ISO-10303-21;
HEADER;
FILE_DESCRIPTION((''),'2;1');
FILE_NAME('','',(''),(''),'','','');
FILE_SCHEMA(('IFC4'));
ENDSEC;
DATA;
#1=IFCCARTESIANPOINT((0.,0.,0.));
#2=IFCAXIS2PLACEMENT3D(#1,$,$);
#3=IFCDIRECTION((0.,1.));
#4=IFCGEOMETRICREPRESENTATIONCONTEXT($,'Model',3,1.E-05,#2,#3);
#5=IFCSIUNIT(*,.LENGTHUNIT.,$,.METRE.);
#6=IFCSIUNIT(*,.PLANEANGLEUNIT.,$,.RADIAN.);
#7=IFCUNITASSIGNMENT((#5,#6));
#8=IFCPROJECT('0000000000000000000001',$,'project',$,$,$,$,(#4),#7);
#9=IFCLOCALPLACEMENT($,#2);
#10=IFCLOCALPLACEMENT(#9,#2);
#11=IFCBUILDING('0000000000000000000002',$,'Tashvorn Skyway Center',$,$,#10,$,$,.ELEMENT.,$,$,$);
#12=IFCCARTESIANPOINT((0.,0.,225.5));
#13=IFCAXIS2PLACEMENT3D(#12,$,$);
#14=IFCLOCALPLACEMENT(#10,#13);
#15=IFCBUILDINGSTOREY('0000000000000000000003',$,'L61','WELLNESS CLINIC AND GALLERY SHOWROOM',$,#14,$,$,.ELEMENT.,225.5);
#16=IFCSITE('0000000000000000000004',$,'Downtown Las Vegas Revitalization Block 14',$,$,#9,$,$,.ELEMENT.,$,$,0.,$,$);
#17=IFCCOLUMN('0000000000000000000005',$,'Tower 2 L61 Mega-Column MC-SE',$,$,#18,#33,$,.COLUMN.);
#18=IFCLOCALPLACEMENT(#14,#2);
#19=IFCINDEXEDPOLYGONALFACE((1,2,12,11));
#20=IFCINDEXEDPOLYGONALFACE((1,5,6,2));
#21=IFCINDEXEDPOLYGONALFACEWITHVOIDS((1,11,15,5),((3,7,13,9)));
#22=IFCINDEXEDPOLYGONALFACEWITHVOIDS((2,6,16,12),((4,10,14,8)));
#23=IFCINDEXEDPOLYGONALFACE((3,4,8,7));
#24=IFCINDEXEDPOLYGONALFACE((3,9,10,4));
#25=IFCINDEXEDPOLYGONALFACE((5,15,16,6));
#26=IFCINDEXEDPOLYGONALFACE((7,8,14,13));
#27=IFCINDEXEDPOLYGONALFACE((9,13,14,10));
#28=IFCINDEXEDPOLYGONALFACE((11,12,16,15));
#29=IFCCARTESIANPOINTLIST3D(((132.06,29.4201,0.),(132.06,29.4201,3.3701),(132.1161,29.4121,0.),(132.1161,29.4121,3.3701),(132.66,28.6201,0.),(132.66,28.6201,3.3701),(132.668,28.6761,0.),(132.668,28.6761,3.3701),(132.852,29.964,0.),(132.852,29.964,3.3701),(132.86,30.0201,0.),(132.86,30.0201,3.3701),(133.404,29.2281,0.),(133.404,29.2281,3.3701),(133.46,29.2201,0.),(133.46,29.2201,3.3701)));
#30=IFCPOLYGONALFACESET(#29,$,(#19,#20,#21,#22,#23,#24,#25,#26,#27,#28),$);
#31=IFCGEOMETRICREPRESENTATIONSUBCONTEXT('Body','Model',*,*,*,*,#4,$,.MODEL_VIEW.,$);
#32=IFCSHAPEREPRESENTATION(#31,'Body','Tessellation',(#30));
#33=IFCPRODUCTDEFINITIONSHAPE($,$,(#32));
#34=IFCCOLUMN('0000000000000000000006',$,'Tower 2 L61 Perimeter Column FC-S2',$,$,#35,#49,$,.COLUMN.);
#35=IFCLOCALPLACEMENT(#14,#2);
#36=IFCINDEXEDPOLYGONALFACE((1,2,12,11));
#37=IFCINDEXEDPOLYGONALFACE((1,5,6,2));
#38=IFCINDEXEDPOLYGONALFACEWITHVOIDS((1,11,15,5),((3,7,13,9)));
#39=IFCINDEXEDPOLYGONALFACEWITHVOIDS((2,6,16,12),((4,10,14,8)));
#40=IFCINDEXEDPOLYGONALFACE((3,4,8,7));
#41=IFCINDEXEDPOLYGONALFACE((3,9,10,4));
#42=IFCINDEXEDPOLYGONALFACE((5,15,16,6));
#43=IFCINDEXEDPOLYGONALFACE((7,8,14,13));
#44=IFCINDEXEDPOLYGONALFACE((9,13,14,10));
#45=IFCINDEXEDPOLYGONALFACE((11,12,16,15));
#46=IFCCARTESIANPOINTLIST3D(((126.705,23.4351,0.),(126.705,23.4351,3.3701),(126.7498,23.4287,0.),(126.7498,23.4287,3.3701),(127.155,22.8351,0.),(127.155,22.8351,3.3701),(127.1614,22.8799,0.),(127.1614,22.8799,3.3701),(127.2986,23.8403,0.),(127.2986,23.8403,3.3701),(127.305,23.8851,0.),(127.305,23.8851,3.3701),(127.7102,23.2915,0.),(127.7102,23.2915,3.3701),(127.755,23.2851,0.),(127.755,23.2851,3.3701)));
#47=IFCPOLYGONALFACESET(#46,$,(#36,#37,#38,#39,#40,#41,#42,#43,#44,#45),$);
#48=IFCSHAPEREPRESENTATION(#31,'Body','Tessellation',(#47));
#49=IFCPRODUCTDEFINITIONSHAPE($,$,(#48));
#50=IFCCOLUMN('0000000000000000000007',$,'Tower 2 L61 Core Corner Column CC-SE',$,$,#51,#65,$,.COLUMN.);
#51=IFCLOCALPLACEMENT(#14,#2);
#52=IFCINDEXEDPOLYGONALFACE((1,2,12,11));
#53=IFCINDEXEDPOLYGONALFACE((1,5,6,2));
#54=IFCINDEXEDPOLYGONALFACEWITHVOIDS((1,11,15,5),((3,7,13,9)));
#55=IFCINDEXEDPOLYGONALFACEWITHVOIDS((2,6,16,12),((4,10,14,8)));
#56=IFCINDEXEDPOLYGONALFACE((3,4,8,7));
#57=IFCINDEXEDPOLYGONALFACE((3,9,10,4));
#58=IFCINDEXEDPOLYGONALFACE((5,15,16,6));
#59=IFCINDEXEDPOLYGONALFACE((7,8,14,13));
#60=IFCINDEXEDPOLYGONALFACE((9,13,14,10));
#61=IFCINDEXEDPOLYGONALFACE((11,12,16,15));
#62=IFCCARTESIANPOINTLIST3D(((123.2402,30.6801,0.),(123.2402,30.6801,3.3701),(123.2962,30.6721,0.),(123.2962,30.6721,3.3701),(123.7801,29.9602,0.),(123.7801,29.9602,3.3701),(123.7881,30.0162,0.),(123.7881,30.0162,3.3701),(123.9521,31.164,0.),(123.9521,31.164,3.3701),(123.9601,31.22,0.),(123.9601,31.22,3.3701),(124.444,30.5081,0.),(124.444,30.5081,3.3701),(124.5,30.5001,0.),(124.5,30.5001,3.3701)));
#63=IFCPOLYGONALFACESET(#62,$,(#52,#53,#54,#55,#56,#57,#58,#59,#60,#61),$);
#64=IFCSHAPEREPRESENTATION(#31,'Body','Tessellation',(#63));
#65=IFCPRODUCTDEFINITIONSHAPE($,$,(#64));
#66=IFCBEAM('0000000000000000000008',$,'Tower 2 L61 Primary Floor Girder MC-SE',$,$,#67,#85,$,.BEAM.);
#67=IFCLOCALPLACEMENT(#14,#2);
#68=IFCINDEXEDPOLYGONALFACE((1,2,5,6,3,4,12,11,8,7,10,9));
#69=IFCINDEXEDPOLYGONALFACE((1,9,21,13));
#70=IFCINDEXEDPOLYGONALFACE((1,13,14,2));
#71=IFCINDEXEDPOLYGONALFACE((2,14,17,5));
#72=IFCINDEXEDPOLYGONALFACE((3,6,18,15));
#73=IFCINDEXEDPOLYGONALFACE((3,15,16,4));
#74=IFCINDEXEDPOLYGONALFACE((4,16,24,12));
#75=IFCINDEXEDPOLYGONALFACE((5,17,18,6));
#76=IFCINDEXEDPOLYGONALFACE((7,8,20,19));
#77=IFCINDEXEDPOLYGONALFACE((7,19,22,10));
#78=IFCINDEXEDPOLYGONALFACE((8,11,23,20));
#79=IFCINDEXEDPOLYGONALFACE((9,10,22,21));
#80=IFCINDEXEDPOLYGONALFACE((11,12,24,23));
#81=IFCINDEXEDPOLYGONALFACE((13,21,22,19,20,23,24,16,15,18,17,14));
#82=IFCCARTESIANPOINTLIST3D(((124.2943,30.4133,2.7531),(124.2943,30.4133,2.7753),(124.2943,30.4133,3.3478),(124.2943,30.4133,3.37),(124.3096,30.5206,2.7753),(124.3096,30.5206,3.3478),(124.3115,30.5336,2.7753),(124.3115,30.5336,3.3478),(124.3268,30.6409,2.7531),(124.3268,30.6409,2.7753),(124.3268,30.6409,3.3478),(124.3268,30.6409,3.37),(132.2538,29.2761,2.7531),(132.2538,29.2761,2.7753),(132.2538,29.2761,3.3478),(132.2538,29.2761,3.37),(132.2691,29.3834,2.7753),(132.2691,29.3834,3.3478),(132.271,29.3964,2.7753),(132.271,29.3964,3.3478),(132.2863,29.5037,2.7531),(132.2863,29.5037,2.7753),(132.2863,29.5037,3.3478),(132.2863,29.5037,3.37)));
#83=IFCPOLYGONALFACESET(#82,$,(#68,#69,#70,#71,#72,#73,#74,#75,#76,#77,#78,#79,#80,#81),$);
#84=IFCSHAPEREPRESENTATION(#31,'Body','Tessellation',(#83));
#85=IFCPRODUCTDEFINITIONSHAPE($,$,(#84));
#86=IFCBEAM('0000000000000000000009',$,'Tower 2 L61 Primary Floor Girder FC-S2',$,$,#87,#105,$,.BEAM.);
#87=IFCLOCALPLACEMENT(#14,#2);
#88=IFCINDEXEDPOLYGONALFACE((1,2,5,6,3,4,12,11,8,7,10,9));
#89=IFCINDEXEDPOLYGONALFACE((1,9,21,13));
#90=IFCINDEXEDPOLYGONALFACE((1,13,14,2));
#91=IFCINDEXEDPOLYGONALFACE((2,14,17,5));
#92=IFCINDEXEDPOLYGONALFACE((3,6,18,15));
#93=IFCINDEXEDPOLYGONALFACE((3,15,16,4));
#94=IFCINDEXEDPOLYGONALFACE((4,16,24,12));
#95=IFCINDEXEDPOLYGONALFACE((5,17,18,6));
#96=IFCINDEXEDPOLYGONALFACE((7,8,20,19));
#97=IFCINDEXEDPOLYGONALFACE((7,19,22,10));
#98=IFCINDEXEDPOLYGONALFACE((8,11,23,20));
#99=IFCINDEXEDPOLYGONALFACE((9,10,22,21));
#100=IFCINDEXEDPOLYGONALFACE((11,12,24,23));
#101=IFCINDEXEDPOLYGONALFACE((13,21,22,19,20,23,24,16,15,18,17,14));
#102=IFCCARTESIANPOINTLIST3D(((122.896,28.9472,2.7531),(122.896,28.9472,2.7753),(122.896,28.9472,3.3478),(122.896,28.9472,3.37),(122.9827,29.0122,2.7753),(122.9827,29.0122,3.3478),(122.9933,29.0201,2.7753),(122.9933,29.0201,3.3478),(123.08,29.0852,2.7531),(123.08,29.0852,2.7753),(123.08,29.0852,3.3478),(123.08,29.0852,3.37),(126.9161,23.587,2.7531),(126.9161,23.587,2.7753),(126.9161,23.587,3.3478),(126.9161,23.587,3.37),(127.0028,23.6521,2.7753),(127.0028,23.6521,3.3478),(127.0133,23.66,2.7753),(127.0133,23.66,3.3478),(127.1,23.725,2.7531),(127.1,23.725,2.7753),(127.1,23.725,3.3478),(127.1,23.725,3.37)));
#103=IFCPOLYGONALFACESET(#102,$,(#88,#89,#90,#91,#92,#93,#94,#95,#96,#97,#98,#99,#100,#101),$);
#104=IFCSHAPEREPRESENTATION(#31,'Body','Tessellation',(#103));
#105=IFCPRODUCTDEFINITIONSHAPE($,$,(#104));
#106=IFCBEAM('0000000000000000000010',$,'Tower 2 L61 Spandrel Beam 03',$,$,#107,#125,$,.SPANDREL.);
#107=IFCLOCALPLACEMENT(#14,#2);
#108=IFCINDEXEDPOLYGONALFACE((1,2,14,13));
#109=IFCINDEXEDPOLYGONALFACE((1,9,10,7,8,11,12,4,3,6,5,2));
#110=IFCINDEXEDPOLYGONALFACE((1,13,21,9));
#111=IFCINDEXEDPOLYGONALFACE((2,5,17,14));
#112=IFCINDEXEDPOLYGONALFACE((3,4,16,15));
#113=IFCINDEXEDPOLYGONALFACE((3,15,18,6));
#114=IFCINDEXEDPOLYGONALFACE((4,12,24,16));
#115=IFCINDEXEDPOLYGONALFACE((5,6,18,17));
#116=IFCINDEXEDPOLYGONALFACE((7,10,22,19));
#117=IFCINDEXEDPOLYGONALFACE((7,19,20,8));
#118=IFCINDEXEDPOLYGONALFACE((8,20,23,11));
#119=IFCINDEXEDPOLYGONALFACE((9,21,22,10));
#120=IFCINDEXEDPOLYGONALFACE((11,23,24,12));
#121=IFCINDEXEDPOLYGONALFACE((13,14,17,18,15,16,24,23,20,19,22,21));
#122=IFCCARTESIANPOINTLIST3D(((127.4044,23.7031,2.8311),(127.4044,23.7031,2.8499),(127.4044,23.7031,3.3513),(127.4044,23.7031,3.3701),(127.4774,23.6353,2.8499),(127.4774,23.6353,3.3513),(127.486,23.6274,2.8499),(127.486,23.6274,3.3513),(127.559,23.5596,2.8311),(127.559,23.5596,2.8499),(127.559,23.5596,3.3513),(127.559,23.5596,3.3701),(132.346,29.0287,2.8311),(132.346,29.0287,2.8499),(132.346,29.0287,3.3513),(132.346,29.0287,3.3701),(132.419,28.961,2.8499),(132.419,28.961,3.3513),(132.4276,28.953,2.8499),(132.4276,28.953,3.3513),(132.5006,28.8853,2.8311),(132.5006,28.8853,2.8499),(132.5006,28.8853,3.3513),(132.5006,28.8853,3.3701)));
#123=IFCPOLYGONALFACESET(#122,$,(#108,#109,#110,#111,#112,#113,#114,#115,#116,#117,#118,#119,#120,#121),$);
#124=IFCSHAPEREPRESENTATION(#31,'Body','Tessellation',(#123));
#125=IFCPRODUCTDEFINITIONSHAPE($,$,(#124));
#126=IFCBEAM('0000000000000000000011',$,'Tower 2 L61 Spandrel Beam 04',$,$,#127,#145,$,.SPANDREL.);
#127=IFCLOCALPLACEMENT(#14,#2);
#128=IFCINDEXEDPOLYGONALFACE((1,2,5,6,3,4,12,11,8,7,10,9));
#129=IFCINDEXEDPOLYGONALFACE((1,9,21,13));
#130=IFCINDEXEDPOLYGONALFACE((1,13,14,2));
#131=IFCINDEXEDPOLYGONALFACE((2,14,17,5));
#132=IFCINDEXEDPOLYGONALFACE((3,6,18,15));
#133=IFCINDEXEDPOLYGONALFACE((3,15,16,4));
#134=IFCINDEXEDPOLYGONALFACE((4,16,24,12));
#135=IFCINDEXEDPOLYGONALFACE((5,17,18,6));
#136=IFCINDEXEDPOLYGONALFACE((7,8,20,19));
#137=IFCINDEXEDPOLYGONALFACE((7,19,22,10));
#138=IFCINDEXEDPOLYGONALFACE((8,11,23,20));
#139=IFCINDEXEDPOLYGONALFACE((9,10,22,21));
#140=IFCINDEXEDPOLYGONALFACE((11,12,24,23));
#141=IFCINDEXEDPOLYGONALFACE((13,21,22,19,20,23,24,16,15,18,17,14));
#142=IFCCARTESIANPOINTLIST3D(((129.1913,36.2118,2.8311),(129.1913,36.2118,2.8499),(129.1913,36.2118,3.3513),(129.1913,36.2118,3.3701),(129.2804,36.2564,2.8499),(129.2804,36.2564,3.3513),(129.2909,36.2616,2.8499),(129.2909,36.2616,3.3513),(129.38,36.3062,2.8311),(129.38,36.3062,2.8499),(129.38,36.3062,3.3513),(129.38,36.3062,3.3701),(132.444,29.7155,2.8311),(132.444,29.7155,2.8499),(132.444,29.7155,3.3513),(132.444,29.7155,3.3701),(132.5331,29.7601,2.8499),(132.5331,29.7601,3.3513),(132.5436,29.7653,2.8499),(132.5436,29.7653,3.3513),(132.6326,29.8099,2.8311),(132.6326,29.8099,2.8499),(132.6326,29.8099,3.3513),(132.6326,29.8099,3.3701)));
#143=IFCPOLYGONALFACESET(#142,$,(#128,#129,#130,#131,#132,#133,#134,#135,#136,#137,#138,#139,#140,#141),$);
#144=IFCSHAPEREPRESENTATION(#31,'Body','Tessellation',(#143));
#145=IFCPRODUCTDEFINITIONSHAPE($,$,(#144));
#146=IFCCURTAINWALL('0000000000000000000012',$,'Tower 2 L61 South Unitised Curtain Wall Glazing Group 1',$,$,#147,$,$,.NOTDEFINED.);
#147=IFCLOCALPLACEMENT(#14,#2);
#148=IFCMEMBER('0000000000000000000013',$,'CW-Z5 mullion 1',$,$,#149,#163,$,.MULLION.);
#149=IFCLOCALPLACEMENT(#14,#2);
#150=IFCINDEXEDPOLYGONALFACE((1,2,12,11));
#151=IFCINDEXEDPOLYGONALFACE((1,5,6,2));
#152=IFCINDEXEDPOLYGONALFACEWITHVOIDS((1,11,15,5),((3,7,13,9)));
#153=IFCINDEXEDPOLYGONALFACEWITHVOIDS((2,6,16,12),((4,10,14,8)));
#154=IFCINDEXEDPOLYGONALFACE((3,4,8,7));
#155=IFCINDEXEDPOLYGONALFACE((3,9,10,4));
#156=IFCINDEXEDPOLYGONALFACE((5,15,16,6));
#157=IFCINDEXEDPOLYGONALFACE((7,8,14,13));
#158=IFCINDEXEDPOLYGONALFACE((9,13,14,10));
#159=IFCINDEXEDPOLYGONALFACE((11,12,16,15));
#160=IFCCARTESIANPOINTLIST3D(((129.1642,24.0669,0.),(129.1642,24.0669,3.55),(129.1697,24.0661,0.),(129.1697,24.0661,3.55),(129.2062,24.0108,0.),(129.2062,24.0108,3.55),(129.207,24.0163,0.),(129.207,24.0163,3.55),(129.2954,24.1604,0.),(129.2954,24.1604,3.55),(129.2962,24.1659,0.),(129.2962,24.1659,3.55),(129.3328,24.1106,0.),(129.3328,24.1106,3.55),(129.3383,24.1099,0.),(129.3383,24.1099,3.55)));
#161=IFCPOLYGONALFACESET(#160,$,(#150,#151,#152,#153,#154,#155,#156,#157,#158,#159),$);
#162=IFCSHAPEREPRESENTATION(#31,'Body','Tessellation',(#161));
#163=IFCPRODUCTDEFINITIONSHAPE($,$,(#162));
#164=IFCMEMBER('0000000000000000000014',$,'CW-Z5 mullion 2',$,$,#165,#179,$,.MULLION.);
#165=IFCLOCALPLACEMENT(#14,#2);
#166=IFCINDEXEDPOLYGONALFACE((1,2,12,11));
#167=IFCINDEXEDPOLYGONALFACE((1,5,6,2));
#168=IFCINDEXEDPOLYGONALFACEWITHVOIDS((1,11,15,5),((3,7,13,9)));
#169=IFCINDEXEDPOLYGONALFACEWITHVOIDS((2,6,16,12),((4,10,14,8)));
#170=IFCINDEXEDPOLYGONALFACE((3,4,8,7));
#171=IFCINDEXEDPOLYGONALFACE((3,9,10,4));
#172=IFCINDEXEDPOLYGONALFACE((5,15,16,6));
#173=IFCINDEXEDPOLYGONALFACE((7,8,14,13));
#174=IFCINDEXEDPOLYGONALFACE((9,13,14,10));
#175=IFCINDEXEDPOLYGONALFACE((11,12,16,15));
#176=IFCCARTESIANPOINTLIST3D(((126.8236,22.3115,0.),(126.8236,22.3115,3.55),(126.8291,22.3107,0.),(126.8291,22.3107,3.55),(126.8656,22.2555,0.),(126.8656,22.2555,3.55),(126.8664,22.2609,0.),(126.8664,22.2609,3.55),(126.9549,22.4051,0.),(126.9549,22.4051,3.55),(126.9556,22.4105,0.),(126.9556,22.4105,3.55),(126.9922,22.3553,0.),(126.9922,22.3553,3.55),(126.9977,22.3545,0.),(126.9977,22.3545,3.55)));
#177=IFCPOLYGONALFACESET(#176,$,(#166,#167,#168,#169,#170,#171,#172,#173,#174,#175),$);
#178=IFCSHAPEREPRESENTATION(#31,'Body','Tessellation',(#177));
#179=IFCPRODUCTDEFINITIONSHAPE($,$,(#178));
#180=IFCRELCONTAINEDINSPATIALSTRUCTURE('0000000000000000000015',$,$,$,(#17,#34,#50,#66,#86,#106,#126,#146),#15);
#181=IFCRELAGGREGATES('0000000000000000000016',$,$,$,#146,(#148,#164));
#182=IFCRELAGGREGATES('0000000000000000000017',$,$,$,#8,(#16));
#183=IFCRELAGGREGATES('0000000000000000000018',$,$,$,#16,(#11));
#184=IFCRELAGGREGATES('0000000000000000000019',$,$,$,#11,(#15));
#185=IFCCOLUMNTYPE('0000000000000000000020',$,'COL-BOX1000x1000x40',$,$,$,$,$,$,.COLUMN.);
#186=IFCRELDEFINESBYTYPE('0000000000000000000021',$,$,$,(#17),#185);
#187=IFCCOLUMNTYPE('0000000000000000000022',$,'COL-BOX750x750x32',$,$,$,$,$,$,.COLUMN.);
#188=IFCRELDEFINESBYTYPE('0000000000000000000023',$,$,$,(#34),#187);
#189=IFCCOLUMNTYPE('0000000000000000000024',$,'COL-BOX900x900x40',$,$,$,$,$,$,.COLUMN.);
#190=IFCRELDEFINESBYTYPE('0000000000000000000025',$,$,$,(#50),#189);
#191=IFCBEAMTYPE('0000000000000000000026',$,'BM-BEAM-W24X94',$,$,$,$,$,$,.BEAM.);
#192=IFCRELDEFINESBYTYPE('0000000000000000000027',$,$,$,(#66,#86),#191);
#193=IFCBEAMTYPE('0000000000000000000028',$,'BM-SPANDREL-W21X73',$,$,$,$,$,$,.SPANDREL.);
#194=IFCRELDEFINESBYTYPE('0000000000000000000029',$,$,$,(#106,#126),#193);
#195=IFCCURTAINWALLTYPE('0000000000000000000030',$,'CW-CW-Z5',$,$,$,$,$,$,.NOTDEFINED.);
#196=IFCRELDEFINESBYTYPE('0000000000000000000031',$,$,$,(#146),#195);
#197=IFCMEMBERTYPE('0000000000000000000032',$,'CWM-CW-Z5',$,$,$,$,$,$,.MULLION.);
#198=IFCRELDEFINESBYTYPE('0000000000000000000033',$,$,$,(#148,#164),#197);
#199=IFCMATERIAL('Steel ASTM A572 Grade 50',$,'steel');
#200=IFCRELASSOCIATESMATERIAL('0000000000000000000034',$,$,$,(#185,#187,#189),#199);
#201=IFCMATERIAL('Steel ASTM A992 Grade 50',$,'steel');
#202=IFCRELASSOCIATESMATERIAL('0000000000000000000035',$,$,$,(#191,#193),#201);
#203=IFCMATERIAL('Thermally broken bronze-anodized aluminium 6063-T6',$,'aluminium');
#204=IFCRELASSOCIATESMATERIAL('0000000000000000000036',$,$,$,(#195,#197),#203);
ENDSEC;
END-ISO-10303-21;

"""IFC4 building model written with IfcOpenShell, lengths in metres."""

from ifc_helpers import new_model, si_unit, direction, frame, origin, origin_2d, place, context, subcontext, project, spatial, hollow_rectangle, i_section, extrude, material, material_profile, profile_set, type_object, element, aggregate, save


model = new_model("IFC4")

# Units and contexts
model_context = context("Model", 3, precision=1e-05, world=origin(), true_north=direction((0.0, 1.0)))
body_context = subcontext(model_context, "Body", "Model", "MODEL_VIEW")
ifc_project = project(units=[si_unit("LENGTHUNIT", "METRE"), si_unit("PLANEANGLEUNIT", "RADIAN")], contexts=[model_context])

# Site, building, storey
site_placement = place(None, origin())
site = spatial("IfcSite", under=ifc_project, at=site_placement, Name="Downtown Las Vegas Revitalization Block 14", CompositionType="ELEMENT", RefElevation=0.0)
building_placement = place(site_placement, origin())
building = spatial("IfcBuilding", under=site, at=building_placement, Name="Tashvorn Skyway Center", CompositionType="ELEMENT")
storey_placement = place(building_placement, frame((0.0, 0.0, 225.5)))
storey = spatial("IfcBuildingStorey", under=building, at=storey_placement, Name="L61", Description="WELLNESS CLINIC AND GALLERY SHOWROOM", CompositionType="ELEMENT", Elevation=225.5)

# Columns
ifc_material_1 = material(Name="Steel ASTM A572 Grade 50", Category="steel")
ifc_material_profile_1 = material_profile(ifc_material_1, hollow_rectangle(XDim=1.0, YDim=1.0, WallThickness=0.04, at=origin_2d()), Name="BOX1000x1000x40")
ifc_profile_set_1 = profile_set([ifc_material_profile_1], Name="Steel ASTM A572 Grade 50")
column_type_1 = type_object("IfcColumnType", Name="COL-BOX1000x1000x40", PredefinedType="COLUMN", material=ifc_profile_set_1)
column_1_placement = place(storey_placement, frame((132.76, 29.3201, 0.0), z_axis=(0.0, 0.0, 1.0), x_axis=(0.8, 0.6, 0.0)))
element("IfcColumn", 1, at=column_1_placement, inside=storey, type_object=column_type_1, Name="Tower 2 L61 Mega-Column MC-SE", PredefinedType="COLUMN", context=body_context, shape_type="SweptSolid", body=[
    extrude(hollow_rectangle(XDim=1.0, YDim=1.0, WallThickness=0.04, at=origin_2d()), origin(), (0.0, 0.0, 1.0), 3.3701),
])
ifc_material_profile_2 = material_profile(ifc_material_1, hollow_rectangle(XDim=0.75, YDim=0.75, WallThickness=0.032, at=origin_2d()), Name="BOX750x750x32")
ifc_profile_set_2 = profile_set([ifc_material_profile_2], Name="Steel ASTM A572 Grade 50")
column_type_2 = type_object("IfcColumnType", Name="COL-BOX750x750x32", PredefinedType="COLUMN", material=ifc_profile_set_2)
column_2_placement = place(storey_placement, frame((127.23, 23.3601, 0.0), z_axis=(0.0, 0.0, 1.0), x_axis=(0.8, 0.6, 0.0)))
element("IfcColumn", 2, at=column_2_placement, inside=storey, type_object=column_type_2, Name="Tower 2 L61 Perimeter Column FC-S2", PredefinedType="COLUMN", context=body_context, shape_type="SweptSolid", body=[
    extrude(hollow_rectangle(XDim=0.75, YDim=0.75, WallThickness=0.032, at=origin_2d()), origin(), (0.0, 0.0, 1.0), 3.3701),
])
ifc_material_profile_3 = material_profile(ifc_material_1, hollow_rectangle(XDim=0.8999, YDim=0.8999, WallThickness=0.04, at=origin_2d()), Name="BOX900x900x40")
ifc_profile_set_3 = profile_set([ifc_material_profile_3], Name="Steel ASTM A572 Grade 50")
column_type_3 = type_object("IfcColumnType", Name="COL-BOX900x900x40", PredefinedType="COLUMN", material=ifc_profile_set_3)
column_3_placement = place(storey_placement, frame((123.8701, 30.5901, 0.0), z_axis=(0.0, 0.0, 1.0), x_axis=(0.8, 0.6, 0.0)))
element("IfcColumn", 3, at=column_3_placement, inside=storey, type_object=column_type_3, Name="Tower 2 L61 Core Corner Column CC-SE", PredefinedType="COLUMN", context=body_context, shape_type="SweptSolid", body=[
    extrude(hollow_rectangle(XDim=0.8999, YDim=0.8999, WallThickness=0.04, at=origin_2d()), origin(), (0.0, 0.0, 1.0), 3.3701),
])

# Beams
ifc_material_2 = material(Name="Steel ASTM A992 Grade 50", Category="steel")
ifc_material_profile_4 = material_profile(ifc_material_2, i_section(OverallWidth=0.23, OverallDepth=0.6169, WebThickness=0.0132, FlangeThickness=0.0222, at=origin_2d()), Name="W24X94")
ifc_profile_set_4 = profile_set([ifc_material_profile_4], Name="Steel ASTM A992 Grade 50")
beam_type_1 = type_object("IfcBeamType", Name="BM-BEAM-W24X94", PredefinedType="BEAM", material=ifc_profile_set_4)
beam_1_placement = place(storey_placement, frame((132.27, 29.3899, 3.0615), z_axis=(-0.989947, 0.141438, 0.0), x_axis=(-0.141438, -0.989947, 0.0)))
element("IfcBeam", 4, at=beam_1_placement, inside=storey, type_object=beam_type_1, Name="Tower 2 L61 Primary Floor Girder MC-SE", PredefinedType="BEAM", context=body_context, shape_type="SweptSolid", body=[
    extrude(i_section(OverallWidth=0.23, OverallDepth=0.6169, WebThickness=0.0132, FlangeThickness=0.0222, at=origin_2d()), origin(), (0.0, 0.0, 1.0), 8.0403),
])
beam_2_placement = place(storey_placement, frame((127.0081, 23.656, 3.0615), z_axis=(-0.599994, 0.800004, 0.0), x_axis=(-0.800004, -0.599994, 0.0)))
element("IfcBeam", 5, at=beam_2_placement, inside=storey, type_object=beam_type_1, Name="Tower 2 L61 Primary Floor Girder FC-S2", PredefinedType="BEAM", context=body_context, shape_type="SweptSolid", body=[
    extrude(i_section(OverallWidth=0.23, OverallDepth=0.6169, WebThickness=0.0132, FlangeThickness=0.0222, at=origin_2d()), origin(), (0.0, 0.0, 1.0), 6.7002),
])
ifc_material_profile_5 = material_profile(ifc_material_2, i_section(OverallWidth=0.2109, OverallDepth=0.5391, WebThickness=0.0117, FlangeThickness=0.0188, at=origin_2d()), Name="W21X73")
ifc_profile_set_5 = profile_set([ifc_material_profile_5], Name="Steel ASTM A992 Grade 50")
beam_type_2 = type_object("IfcBeamType", Name="BM-SPANDREL-W21X73", PredefinedType="SPANDREL", material=ifc_profile_set_5)
for number, where, z_axis, x_axis, name in (
    (6, (127.4817, 23.6313, 3.1006), (0.680183, 0.733042, 0.0), (-0.733042, 0.680183, 0.0), "Tower 2 L61 Spandrel Beam 03"),
    (7, (132.5383, 29.7627, 3.1006), (-0.447711, 0.894178, 0.0), (-0.894178, -0.447711, 0.0), "Tower 2 L61 Spandrel Beam 04"),
):
    element("IfcBeam", number, at=place(storey_placement, frame(where, z_axis=z_axis, x_axis=x_axis)), inside=storey, type_object=beam_type_2, Name=name, PredefinedType="SPANDREL", context=body_context, shape_type="SweptSolid", body=[
        extrude(i_section(OverallWidth=0.2109, OverallDepth=0.5391, WebThickness=0.0117, FlangeThickness=0.0188, at=origin_2d()), origin(), (0.0, 0.0, 1.0), 7.2651),
    ])

# Curtain wall, members
ifc_material_3 = material(Name="Thermally broken bronze-anodized aluminium 6063-T6", Category="aluminium")
curtain_wall_type = type_object("IfcCurtainWallType", Name="CW-CW-Z5", PredefinedType="NOTDEFINED", material=ifc_material_3)
curtain_wall_1_placement = place(storey_placement, origin())
curtain_wall_1 = element("IfcCurtainWall", 8, at=curtain_wall_1_placement, inside=storey, type_object=curtain_wall_type, Name="Tower 2 L61 South Unitised Curtain Wall Glazing Group 1", PredefinedType="NOTDEFINED")
ifc_material_profile_6 = material_profile(ifc_material_3, hollow_rectangle(XDim=0.0701, YDim=0.165, WallThickness=0.0039, at=origin_2d()), Name="ALU-MULL-70x165")
ifc_profile_set_6 = profile_set([ifc_material_profile_6], Name="Thermally broken bronze-anodized aluminium 6063-T6")
member_type_1 = type_object("IfcMemberType", Name="CWM-CW-Z5", PredefinedType="MULLION", material=ifc_profile_set_6)
member_1_placement = place(storey_placement, frame((129.2512, 24.0884, 0.0), z_axis=(0.0, 0.0, 1.0), x_axis=(0.6, -0.8, 0.0)))
member_1 = element("IfcMember", 9, at=member_1_placement, type_object=member_type_1, Name="CW-Z5 mullion 1", PredefinedType="MULLION", context=body_context, shape_type="SweptSolid", body=[
    extrude(hollow_rectangle(XDim=0.0701, YDim=0.165, WallThickness=0.0039, at=origin_2d()), origin(), (0.0, 0.0, 1.0), 3.55),
])
member_2_placement = place(storey_placement, frame((126.9106, 22.333, 0.0), z_axis=(0.0, 0.0, 1.0), x_axis=(0.6, -0.8, 0.0)))
member_2 = element("IfcMember", 10, at=member_2_placement, type_object=member_type_1, Name="CW-Z5 mullion 2", PredefinedType="MULLION", context=body_context, shape_type="SweptSolid", body=[
    extrude(hollow_rectangle(XDim=0.0701, YDim=0.165, WallThickness=0.0039, at=origin_2d()), origin(), (0.0, 0.0, 1.0), 3.55),
])

aggregate(curtain_wall_1, [member_1, member_2])

save(model, "model.ifc")
